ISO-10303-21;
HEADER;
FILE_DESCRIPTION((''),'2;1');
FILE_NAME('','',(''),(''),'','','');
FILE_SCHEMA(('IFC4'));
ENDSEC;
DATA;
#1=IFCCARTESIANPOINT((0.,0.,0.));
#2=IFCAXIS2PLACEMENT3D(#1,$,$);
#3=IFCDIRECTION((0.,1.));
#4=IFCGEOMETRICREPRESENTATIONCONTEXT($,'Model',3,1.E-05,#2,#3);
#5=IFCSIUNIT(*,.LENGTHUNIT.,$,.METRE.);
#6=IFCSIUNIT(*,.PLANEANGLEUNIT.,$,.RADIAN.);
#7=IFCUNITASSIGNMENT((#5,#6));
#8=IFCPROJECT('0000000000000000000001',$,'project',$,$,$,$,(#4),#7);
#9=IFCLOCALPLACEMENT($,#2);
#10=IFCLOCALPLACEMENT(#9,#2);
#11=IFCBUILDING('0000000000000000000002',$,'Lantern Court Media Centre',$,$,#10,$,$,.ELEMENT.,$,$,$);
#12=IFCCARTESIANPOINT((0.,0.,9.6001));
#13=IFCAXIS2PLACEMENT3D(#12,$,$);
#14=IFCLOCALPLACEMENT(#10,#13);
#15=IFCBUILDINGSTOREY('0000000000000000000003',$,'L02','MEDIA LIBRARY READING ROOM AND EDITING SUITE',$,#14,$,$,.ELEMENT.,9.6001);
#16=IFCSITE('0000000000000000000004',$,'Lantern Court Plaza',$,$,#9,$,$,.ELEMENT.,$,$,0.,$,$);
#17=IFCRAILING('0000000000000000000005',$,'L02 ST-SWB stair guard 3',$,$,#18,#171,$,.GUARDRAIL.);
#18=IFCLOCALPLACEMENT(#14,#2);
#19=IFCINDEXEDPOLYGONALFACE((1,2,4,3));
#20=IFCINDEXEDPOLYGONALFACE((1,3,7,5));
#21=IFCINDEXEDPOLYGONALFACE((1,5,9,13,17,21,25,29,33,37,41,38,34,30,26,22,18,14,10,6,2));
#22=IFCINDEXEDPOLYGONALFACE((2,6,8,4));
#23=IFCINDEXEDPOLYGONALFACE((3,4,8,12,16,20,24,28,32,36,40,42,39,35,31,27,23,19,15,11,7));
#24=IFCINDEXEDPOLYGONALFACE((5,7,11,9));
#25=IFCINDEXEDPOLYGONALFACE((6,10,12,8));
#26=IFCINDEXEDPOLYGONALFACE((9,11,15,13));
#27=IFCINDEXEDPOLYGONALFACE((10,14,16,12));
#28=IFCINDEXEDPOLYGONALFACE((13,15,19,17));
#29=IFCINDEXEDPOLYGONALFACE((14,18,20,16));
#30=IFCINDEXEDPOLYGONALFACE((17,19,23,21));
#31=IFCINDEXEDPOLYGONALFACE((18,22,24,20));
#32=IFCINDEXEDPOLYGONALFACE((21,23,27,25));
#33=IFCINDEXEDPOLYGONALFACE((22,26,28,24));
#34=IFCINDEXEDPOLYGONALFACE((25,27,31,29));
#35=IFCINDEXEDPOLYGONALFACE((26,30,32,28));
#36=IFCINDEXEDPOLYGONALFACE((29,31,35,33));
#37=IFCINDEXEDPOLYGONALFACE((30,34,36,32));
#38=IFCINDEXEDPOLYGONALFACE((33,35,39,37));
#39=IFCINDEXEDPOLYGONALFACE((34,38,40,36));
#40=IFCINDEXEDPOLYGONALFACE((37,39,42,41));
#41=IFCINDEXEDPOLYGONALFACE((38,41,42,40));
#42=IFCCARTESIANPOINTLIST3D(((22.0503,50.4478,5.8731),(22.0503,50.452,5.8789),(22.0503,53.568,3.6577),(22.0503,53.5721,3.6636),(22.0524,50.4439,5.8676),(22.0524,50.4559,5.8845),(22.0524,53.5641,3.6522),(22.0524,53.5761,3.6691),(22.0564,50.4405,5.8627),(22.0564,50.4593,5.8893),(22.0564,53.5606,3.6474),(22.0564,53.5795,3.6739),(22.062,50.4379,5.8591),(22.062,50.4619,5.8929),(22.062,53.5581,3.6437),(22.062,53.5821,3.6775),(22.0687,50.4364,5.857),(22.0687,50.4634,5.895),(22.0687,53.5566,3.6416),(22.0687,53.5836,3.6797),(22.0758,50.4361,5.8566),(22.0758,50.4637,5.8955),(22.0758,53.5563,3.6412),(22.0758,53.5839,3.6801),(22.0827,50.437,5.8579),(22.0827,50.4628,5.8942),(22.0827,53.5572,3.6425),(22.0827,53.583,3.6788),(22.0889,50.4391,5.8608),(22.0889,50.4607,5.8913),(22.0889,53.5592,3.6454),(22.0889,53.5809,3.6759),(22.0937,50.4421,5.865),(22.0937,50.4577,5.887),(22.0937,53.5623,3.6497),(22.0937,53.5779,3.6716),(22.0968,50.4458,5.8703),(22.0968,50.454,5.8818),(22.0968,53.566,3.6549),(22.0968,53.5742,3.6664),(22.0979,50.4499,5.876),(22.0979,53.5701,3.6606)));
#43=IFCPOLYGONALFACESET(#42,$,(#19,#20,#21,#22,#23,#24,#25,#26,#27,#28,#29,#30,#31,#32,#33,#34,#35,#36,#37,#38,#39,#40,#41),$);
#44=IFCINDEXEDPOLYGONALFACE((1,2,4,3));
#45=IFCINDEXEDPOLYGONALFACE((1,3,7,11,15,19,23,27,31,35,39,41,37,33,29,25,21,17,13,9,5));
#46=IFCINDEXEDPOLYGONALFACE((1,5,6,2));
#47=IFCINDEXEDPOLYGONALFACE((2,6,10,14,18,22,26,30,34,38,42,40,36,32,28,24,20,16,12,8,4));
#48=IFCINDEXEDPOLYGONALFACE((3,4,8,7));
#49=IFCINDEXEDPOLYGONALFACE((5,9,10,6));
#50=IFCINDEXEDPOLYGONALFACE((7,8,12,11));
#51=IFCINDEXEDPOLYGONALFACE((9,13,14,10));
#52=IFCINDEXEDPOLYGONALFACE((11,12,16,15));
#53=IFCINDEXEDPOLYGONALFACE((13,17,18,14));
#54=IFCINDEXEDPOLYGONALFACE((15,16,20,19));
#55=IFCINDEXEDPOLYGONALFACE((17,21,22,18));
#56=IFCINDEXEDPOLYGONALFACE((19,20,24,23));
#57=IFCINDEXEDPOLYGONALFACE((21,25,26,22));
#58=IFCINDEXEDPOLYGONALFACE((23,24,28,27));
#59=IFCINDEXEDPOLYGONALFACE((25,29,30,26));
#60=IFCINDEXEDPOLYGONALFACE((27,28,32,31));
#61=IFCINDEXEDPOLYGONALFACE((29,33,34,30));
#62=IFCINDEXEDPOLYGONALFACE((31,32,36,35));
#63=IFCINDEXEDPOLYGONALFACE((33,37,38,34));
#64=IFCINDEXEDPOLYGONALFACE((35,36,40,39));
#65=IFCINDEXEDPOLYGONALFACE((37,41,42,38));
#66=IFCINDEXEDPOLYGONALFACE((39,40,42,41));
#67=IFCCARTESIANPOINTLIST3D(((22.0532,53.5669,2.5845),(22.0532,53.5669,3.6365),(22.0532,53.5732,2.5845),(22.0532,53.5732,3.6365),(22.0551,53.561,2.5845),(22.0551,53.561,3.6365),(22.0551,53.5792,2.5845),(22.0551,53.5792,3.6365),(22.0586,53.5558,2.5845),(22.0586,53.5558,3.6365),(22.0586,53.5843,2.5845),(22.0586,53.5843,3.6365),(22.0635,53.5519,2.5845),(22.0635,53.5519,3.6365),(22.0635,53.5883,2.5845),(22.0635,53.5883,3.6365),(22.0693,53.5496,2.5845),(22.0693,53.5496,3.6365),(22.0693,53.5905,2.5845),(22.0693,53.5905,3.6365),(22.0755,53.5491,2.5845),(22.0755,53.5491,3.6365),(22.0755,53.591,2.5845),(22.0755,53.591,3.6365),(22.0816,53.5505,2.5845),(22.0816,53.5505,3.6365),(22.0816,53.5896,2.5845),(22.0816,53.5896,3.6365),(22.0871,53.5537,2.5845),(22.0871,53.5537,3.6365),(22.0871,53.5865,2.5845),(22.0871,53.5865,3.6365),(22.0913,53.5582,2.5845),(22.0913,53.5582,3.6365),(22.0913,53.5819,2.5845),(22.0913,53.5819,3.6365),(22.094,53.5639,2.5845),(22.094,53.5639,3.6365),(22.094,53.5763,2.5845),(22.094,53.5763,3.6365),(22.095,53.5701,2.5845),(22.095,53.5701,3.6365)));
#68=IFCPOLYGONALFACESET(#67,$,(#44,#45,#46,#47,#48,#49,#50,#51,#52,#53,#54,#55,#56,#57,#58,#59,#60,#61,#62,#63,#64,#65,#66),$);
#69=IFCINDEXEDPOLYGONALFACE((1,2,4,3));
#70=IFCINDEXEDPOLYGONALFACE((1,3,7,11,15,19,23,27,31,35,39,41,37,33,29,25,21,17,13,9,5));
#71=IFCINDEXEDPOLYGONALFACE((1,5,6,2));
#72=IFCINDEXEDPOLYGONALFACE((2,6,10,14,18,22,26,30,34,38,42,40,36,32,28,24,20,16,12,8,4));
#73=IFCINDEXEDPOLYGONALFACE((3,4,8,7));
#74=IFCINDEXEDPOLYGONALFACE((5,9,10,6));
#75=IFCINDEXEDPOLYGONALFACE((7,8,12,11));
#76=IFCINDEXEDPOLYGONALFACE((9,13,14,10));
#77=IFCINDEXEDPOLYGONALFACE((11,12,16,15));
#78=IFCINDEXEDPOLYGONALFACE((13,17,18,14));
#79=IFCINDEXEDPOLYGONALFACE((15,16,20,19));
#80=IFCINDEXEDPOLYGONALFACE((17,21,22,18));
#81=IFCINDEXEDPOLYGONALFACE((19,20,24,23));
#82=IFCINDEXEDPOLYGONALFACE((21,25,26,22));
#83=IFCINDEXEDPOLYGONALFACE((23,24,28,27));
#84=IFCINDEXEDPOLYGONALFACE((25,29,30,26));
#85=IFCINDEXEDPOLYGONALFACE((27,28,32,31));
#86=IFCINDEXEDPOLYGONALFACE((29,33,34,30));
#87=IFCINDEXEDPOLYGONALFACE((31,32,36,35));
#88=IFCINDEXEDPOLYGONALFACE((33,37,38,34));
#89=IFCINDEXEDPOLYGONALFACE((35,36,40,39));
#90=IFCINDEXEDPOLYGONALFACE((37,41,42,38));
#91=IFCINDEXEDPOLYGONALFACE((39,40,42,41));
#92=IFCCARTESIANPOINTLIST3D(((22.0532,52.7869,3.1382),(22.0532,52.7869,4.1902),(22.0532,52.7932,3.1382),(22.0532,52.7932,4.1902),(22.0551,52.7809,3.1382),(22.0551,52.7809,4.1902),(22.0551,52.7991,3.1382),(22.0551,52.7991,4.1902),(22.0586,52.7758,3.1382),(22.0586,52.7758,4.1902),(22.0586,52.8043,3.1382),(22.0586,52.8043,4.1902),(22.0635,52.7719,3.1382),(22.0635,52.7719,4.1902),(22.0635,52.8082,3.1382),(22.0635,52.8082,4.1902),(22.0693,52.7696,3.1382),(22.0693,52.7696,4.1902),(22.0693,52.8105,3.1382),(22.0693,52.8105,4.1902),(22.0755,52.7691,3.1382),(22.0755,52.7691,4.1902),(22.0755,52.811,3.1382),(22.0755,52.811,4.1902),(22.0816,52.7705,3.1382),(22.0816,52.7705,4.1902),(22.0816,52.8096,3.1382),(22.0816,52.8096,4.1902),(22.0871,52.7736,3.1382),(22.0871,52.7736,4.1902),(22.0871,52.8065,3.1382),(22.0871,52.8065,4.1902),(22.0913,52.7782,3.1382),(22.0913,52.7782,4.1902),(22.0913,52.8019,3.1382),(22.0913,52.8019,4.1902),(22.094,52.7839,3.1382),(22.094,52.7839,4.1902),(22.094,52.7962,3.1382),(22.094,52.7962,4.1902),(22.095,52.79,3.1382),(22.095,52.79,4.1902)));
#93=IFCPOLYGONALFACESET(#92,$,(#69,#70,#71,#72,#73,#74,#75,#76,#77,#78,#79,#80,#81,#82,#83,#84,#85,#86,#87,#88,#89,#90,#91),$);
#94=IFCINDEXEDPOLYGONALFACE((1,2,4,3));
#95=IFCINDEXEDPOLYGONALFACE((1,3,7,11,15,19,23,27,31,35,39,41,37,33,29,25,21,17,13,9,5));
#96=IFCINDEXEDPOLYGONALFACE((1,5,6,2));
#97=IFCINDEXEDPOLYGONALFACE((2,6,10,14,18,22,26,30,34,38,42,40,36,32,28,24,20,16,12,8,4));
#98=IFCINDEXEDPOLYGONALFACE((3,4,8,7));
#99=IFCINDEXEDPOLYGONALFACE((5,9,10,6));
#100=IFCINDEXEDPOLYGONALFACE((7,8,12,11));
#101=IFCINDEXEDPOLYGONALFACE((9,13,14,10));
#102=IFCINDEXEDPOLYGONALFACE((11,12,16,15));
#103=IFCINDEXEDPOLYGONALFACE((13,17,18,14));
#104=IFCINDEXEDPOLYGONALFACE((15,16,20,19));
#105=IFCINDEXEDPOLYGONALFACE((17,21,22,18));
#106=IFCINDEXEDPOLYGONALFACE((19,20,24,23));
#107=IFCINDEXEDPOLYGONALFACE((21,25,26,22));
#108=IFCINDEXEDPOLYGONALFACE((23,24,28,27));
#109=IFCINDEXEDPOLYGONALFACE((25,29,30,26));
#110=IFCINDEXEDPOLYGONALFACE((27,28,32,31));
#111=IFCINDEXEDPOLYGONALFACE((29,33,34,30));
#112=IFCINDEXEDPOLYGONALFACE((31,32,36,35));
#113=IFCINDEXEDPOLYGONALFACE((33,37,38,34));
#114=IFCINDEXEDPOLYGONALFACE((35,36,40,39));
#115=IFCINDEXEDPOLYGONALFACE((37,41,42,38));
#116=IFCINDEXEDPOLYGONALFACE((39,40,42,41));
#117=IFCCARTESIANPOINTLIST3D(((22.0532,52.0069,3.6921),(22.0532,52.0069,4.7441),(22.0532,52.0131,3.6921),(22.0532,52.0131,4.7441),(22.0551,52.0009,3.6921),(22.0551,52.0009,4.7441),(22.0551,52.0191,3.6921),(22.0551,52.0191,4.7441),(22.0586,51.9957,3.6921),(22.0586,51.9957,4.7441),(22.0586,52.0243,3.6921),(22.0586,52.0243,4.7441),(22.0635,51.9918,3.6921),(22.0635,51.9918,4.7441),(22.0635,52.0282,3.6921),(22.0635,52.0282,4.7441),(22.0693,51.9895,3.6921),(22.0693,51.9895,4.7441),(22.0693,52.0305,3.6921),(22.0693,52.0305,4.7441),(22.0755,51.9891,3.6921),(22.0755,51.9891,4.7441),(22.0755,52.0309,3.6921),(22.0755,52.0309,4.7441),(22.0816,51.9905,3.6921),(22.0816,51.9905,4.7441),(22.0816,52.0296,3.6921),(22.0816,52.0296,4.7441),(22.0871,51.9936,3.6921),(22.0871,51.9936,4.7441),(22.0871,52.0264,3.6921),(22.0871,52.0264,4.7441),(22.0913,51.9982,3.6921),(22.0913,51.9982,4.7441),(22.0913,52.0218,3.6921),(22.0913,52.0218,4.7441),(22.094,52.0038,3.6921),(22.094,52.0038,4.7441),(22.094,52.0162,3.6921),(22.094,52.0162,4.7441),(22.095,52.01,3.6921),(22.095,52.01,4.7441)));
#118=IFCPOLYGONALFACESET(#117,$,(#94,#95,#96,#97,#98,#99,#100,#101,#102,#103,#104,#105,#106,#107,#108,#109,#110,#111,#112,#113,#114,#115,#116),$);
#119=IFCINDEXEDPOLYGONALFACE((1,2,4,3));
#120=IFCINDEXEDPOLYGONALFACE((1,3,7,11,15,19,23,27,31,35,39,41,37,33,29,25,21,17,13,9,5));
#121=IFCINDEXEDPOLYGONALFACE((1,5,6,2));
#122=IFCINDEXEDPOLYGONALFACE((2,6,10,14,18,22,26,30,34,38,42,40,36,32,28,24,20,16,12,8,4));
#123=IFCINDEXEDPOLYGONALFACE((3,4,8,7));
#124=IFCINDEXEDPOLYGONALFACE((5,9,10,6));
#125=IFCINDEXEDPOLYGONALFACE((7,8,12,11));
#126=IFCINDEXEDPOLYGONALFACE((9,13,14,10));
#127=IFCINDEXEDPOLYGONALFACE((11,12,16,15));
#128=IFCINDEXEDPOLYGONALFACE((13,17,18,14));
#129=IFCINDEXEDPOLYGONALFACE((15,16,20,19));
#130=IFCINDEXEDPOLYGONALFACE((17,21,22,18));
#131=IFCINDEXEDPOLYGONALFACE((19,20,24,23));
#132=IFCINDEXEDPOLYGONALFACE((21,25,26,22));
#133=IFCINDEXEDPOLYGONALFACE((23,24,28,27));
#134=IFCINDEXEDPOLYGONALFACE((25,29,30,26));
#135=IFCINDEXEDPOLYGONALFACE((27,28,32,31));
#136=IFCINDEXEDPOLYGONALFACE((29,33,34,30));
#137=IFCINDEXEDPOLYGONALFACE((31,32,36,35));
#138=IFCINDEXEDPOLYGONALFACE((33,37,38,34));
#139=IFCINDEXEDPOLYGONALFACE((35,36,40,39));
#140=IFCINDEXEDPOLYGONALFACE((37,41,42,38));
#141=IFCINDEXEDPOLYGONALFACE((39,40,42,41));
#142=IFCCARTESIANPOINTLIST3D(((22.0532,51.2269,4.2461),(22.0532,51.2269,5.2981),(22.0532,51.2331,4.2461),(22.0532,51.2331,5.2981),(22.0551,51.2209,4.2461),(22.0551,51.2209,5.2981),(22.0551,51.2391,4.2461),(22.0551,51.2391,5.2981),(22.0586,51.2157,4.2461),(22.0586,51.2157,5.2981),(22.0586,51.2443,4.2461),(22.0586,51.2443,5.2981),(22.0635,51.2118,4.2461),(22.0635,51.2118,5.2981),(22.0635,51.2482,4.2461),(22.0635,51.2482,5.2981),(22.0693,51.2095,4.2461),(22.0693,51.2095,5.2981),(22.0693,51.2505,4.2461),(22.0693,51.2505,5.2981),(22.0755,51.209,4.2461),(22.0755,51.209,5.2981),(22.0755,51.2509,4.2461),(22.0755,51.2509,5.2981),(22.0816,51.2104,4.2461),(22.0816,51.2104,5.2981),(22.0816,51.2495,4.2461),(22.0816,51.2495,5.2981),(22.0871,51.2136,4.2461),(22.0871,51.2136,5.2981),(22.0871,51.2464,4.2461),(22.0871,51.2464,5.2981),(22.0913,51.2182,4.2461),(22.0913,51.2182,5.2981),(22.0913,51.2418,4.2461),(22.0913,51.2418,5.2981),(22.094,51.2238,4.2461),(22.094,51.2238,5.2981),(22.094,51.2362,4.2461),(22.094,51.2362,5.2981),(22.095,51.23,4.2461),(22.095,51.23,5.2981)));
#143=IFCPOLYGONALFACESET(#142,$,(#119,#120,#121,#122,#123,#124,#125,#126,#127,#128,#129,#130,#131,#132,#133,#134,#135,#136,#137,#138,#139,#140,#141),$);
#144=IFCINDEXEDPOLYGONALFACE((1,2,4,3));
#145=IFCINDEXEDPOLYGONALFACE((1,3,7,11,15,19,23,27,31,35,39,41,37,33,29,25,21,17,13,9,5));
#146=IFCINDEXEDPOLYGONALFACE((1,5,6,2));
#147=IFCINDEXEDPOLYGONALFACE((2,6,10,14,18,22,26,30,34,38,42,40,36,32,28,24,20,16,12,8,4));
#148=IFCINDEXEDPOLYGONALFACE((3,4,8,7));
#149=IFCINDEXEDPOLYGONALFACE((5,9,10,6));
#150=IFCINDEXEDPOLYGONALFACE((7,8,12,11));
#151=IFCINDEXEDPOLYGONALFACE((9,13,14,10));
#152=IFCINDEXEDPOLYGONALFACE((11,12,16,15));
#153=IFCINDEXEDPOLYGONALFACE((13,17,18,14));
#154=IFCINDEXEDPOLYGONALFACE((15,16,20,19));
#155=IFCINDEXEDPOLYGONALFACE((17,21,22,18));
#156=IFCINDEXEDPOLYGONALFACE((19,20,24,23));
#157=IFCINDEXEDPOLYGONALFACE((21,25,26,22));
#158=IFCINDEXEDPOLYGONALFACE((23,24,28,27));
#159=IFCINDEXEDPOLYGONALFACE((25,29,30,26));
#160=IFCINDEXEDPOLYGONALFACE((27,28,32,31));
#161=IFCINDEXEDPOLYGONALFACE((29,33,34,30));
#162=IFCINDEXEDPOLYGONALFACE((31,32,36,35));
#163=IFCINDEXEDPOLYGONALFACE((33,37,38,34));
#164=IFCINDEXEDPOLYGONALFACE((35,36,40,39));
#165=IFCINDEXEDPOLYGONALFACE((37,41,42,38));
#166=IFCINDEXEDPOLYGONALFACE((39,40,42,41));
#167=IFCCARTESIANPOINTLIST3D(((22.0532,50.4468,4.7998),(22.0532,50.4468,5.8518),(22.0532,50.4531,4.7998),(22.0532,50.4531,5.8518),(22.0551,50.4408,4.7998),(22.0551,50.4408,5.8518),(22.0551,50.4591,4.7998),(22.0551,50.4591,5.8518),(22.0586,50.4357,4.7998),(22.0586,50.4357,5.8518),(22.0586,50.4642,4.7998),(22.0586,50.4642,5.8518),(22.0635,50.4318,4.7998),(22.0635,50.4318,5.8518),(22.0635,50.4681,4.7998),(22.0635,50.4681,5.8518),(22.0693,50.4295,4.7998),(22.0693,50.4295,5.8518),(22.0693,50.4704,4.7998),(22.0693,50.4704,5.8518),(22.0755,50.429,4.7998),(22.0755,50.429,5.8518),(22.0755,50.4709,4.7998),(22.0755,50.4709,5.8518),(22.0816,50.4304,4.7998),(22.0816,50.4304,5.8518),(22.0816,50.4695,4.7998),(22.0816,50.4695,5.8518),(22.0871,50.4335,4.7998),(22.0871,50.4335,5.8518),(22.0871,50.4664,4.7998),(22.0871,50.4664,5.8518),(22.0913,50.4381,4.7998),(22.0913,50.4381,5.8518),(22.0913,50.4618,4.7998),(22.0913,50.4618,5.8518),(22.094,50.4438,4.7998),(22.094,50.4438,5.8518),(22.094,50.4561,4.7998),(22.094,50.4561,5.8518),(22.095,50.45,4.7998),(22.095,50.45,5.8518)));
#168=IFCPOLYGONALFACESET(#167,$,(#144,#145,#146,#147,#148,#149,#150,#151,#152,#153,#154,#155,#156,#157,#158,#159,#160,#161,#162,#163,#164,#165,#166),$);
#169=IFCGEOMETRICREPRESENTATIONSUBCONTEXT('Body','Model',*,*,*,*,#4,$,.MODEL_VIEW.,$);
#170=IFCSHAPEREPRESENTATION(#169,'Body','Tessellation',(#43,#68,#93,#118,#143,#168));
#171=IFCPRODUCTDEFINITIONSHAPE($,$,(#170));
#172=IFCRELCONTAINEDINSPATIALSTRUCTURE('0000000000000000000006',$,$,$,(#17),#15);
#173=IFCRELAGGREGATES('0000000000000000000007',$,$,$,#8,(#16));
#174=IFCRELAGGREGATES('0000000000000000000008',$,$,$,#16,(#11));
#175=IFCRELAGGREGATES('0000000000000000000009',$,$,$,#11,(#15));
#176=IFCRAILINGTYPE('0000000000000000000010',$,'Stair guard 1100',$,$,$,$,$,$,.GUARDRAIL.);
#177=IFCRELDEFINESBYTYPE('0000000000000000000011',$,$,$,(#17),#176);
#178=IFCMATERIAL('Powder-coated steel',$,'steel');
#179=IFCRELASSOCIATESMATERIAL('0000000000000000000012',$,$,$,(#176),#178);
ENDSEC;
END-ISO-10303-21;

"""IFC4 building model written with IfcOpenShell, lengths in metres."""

from ifc_helpers import new_model, si_unit, direction, frame, origin, origin_2d, place, context, subcontext, project, spatial, circle, extrude, material, type_object, element, save


model = new_model("IFC4")

# Units and contexts
model_context = context("Model", 3, precision=1e-05, world=origin(), true_north=direction((0.0, 1.0)))
body_context = subcontext(model_context, "Body", "Model", "MODEL_VIEW")
ifc_project = project(units=[si_unit("LENGTHUNIT", "METRE"), si_unit("PLANEANGLEUNIT", "RADIAN")], contexts=[model_context])

# Site, building, storey
site_placement = place(None, origin())
site = spatial("IfcSite", under=ifc_project, at=site_placement, Name="Lantern Court Plaza", CompositionType="ELEMENT", RefElevation=0.0)
building_placement = place(site_placement, origin())
building = spatial("IfcBuilding", under=site, at=building_placement, Name="Lantern Court Media Centre", CompositionType="ELEMENT")
storey_placement = place(building_placement, frame((0.0, 0.0, 9.6001)))
storey = spatial("IfcBuildingStorey", under=building, at=storey_placement, Name="L02", Description="MEDIA LIBRARY READING ROOM AND EDITING SUITE", CompositionType="ELEMENT", Elevation=9.6001)

# Shared definitions
ifc_material_1 = material(Name="Powder-coated steel", Category="steel")

# Railing
railing_type_1 = type_object("IfcRailingType", Name="Stair guard 1100", PredefinedType="GUARDRAIL", material=ifc_material_1)
railing_1_placement = place(storey_placement, frame((22.074, 53.5701, 2.5845)))
element("IfcRailing", 1, at=railing_1_placement, inside=storey, type_object=railing_type_1, Name="L02 ST-SWB stair guard 3", PredefinedType="GUARDRAIL", context=body_context, shape_type="SweptSolid", body=[
    extrude(circle(Radius=0.0239, at=origin_2d()), frame((0.0, 0.0, 1.0762), z_axis=(0.0, -0.815377, 0.57893), x_axis=(1.0, 0.0, 0.0)), (0.0, 0.0, 1.0), 3.8267),
    extrude(circle(Radius=0.021, at=origin_2d()), origin(), (0.0, 0.0, 1.0), 1.052),
    extrude(circle(Radius=0.021, at=origin_2d()), frame((0.0, -0.78, 0.5537)), (0.0, 0.0, 1.0), 1.052),
    extrude(circle(Radius=0.021, at=origin_2d()), frame((0.0, -1.5601, 1.1077)), (0.0, 0.0, 1.0), 1.052),
    extrude(circle(Radius=0.021, at=origin_2d()), frame((0.0, -2.3401, 1.6616)), (0.0, 0.0, 1.0), 1.052),
    extrude(circle(Radius=0.021, at=origin_2d()), frame((0.0, -3.1201, 2.2153)), (0.0, 0.0, 1.0), 1.052),
])

save(model, "model.ifc")
